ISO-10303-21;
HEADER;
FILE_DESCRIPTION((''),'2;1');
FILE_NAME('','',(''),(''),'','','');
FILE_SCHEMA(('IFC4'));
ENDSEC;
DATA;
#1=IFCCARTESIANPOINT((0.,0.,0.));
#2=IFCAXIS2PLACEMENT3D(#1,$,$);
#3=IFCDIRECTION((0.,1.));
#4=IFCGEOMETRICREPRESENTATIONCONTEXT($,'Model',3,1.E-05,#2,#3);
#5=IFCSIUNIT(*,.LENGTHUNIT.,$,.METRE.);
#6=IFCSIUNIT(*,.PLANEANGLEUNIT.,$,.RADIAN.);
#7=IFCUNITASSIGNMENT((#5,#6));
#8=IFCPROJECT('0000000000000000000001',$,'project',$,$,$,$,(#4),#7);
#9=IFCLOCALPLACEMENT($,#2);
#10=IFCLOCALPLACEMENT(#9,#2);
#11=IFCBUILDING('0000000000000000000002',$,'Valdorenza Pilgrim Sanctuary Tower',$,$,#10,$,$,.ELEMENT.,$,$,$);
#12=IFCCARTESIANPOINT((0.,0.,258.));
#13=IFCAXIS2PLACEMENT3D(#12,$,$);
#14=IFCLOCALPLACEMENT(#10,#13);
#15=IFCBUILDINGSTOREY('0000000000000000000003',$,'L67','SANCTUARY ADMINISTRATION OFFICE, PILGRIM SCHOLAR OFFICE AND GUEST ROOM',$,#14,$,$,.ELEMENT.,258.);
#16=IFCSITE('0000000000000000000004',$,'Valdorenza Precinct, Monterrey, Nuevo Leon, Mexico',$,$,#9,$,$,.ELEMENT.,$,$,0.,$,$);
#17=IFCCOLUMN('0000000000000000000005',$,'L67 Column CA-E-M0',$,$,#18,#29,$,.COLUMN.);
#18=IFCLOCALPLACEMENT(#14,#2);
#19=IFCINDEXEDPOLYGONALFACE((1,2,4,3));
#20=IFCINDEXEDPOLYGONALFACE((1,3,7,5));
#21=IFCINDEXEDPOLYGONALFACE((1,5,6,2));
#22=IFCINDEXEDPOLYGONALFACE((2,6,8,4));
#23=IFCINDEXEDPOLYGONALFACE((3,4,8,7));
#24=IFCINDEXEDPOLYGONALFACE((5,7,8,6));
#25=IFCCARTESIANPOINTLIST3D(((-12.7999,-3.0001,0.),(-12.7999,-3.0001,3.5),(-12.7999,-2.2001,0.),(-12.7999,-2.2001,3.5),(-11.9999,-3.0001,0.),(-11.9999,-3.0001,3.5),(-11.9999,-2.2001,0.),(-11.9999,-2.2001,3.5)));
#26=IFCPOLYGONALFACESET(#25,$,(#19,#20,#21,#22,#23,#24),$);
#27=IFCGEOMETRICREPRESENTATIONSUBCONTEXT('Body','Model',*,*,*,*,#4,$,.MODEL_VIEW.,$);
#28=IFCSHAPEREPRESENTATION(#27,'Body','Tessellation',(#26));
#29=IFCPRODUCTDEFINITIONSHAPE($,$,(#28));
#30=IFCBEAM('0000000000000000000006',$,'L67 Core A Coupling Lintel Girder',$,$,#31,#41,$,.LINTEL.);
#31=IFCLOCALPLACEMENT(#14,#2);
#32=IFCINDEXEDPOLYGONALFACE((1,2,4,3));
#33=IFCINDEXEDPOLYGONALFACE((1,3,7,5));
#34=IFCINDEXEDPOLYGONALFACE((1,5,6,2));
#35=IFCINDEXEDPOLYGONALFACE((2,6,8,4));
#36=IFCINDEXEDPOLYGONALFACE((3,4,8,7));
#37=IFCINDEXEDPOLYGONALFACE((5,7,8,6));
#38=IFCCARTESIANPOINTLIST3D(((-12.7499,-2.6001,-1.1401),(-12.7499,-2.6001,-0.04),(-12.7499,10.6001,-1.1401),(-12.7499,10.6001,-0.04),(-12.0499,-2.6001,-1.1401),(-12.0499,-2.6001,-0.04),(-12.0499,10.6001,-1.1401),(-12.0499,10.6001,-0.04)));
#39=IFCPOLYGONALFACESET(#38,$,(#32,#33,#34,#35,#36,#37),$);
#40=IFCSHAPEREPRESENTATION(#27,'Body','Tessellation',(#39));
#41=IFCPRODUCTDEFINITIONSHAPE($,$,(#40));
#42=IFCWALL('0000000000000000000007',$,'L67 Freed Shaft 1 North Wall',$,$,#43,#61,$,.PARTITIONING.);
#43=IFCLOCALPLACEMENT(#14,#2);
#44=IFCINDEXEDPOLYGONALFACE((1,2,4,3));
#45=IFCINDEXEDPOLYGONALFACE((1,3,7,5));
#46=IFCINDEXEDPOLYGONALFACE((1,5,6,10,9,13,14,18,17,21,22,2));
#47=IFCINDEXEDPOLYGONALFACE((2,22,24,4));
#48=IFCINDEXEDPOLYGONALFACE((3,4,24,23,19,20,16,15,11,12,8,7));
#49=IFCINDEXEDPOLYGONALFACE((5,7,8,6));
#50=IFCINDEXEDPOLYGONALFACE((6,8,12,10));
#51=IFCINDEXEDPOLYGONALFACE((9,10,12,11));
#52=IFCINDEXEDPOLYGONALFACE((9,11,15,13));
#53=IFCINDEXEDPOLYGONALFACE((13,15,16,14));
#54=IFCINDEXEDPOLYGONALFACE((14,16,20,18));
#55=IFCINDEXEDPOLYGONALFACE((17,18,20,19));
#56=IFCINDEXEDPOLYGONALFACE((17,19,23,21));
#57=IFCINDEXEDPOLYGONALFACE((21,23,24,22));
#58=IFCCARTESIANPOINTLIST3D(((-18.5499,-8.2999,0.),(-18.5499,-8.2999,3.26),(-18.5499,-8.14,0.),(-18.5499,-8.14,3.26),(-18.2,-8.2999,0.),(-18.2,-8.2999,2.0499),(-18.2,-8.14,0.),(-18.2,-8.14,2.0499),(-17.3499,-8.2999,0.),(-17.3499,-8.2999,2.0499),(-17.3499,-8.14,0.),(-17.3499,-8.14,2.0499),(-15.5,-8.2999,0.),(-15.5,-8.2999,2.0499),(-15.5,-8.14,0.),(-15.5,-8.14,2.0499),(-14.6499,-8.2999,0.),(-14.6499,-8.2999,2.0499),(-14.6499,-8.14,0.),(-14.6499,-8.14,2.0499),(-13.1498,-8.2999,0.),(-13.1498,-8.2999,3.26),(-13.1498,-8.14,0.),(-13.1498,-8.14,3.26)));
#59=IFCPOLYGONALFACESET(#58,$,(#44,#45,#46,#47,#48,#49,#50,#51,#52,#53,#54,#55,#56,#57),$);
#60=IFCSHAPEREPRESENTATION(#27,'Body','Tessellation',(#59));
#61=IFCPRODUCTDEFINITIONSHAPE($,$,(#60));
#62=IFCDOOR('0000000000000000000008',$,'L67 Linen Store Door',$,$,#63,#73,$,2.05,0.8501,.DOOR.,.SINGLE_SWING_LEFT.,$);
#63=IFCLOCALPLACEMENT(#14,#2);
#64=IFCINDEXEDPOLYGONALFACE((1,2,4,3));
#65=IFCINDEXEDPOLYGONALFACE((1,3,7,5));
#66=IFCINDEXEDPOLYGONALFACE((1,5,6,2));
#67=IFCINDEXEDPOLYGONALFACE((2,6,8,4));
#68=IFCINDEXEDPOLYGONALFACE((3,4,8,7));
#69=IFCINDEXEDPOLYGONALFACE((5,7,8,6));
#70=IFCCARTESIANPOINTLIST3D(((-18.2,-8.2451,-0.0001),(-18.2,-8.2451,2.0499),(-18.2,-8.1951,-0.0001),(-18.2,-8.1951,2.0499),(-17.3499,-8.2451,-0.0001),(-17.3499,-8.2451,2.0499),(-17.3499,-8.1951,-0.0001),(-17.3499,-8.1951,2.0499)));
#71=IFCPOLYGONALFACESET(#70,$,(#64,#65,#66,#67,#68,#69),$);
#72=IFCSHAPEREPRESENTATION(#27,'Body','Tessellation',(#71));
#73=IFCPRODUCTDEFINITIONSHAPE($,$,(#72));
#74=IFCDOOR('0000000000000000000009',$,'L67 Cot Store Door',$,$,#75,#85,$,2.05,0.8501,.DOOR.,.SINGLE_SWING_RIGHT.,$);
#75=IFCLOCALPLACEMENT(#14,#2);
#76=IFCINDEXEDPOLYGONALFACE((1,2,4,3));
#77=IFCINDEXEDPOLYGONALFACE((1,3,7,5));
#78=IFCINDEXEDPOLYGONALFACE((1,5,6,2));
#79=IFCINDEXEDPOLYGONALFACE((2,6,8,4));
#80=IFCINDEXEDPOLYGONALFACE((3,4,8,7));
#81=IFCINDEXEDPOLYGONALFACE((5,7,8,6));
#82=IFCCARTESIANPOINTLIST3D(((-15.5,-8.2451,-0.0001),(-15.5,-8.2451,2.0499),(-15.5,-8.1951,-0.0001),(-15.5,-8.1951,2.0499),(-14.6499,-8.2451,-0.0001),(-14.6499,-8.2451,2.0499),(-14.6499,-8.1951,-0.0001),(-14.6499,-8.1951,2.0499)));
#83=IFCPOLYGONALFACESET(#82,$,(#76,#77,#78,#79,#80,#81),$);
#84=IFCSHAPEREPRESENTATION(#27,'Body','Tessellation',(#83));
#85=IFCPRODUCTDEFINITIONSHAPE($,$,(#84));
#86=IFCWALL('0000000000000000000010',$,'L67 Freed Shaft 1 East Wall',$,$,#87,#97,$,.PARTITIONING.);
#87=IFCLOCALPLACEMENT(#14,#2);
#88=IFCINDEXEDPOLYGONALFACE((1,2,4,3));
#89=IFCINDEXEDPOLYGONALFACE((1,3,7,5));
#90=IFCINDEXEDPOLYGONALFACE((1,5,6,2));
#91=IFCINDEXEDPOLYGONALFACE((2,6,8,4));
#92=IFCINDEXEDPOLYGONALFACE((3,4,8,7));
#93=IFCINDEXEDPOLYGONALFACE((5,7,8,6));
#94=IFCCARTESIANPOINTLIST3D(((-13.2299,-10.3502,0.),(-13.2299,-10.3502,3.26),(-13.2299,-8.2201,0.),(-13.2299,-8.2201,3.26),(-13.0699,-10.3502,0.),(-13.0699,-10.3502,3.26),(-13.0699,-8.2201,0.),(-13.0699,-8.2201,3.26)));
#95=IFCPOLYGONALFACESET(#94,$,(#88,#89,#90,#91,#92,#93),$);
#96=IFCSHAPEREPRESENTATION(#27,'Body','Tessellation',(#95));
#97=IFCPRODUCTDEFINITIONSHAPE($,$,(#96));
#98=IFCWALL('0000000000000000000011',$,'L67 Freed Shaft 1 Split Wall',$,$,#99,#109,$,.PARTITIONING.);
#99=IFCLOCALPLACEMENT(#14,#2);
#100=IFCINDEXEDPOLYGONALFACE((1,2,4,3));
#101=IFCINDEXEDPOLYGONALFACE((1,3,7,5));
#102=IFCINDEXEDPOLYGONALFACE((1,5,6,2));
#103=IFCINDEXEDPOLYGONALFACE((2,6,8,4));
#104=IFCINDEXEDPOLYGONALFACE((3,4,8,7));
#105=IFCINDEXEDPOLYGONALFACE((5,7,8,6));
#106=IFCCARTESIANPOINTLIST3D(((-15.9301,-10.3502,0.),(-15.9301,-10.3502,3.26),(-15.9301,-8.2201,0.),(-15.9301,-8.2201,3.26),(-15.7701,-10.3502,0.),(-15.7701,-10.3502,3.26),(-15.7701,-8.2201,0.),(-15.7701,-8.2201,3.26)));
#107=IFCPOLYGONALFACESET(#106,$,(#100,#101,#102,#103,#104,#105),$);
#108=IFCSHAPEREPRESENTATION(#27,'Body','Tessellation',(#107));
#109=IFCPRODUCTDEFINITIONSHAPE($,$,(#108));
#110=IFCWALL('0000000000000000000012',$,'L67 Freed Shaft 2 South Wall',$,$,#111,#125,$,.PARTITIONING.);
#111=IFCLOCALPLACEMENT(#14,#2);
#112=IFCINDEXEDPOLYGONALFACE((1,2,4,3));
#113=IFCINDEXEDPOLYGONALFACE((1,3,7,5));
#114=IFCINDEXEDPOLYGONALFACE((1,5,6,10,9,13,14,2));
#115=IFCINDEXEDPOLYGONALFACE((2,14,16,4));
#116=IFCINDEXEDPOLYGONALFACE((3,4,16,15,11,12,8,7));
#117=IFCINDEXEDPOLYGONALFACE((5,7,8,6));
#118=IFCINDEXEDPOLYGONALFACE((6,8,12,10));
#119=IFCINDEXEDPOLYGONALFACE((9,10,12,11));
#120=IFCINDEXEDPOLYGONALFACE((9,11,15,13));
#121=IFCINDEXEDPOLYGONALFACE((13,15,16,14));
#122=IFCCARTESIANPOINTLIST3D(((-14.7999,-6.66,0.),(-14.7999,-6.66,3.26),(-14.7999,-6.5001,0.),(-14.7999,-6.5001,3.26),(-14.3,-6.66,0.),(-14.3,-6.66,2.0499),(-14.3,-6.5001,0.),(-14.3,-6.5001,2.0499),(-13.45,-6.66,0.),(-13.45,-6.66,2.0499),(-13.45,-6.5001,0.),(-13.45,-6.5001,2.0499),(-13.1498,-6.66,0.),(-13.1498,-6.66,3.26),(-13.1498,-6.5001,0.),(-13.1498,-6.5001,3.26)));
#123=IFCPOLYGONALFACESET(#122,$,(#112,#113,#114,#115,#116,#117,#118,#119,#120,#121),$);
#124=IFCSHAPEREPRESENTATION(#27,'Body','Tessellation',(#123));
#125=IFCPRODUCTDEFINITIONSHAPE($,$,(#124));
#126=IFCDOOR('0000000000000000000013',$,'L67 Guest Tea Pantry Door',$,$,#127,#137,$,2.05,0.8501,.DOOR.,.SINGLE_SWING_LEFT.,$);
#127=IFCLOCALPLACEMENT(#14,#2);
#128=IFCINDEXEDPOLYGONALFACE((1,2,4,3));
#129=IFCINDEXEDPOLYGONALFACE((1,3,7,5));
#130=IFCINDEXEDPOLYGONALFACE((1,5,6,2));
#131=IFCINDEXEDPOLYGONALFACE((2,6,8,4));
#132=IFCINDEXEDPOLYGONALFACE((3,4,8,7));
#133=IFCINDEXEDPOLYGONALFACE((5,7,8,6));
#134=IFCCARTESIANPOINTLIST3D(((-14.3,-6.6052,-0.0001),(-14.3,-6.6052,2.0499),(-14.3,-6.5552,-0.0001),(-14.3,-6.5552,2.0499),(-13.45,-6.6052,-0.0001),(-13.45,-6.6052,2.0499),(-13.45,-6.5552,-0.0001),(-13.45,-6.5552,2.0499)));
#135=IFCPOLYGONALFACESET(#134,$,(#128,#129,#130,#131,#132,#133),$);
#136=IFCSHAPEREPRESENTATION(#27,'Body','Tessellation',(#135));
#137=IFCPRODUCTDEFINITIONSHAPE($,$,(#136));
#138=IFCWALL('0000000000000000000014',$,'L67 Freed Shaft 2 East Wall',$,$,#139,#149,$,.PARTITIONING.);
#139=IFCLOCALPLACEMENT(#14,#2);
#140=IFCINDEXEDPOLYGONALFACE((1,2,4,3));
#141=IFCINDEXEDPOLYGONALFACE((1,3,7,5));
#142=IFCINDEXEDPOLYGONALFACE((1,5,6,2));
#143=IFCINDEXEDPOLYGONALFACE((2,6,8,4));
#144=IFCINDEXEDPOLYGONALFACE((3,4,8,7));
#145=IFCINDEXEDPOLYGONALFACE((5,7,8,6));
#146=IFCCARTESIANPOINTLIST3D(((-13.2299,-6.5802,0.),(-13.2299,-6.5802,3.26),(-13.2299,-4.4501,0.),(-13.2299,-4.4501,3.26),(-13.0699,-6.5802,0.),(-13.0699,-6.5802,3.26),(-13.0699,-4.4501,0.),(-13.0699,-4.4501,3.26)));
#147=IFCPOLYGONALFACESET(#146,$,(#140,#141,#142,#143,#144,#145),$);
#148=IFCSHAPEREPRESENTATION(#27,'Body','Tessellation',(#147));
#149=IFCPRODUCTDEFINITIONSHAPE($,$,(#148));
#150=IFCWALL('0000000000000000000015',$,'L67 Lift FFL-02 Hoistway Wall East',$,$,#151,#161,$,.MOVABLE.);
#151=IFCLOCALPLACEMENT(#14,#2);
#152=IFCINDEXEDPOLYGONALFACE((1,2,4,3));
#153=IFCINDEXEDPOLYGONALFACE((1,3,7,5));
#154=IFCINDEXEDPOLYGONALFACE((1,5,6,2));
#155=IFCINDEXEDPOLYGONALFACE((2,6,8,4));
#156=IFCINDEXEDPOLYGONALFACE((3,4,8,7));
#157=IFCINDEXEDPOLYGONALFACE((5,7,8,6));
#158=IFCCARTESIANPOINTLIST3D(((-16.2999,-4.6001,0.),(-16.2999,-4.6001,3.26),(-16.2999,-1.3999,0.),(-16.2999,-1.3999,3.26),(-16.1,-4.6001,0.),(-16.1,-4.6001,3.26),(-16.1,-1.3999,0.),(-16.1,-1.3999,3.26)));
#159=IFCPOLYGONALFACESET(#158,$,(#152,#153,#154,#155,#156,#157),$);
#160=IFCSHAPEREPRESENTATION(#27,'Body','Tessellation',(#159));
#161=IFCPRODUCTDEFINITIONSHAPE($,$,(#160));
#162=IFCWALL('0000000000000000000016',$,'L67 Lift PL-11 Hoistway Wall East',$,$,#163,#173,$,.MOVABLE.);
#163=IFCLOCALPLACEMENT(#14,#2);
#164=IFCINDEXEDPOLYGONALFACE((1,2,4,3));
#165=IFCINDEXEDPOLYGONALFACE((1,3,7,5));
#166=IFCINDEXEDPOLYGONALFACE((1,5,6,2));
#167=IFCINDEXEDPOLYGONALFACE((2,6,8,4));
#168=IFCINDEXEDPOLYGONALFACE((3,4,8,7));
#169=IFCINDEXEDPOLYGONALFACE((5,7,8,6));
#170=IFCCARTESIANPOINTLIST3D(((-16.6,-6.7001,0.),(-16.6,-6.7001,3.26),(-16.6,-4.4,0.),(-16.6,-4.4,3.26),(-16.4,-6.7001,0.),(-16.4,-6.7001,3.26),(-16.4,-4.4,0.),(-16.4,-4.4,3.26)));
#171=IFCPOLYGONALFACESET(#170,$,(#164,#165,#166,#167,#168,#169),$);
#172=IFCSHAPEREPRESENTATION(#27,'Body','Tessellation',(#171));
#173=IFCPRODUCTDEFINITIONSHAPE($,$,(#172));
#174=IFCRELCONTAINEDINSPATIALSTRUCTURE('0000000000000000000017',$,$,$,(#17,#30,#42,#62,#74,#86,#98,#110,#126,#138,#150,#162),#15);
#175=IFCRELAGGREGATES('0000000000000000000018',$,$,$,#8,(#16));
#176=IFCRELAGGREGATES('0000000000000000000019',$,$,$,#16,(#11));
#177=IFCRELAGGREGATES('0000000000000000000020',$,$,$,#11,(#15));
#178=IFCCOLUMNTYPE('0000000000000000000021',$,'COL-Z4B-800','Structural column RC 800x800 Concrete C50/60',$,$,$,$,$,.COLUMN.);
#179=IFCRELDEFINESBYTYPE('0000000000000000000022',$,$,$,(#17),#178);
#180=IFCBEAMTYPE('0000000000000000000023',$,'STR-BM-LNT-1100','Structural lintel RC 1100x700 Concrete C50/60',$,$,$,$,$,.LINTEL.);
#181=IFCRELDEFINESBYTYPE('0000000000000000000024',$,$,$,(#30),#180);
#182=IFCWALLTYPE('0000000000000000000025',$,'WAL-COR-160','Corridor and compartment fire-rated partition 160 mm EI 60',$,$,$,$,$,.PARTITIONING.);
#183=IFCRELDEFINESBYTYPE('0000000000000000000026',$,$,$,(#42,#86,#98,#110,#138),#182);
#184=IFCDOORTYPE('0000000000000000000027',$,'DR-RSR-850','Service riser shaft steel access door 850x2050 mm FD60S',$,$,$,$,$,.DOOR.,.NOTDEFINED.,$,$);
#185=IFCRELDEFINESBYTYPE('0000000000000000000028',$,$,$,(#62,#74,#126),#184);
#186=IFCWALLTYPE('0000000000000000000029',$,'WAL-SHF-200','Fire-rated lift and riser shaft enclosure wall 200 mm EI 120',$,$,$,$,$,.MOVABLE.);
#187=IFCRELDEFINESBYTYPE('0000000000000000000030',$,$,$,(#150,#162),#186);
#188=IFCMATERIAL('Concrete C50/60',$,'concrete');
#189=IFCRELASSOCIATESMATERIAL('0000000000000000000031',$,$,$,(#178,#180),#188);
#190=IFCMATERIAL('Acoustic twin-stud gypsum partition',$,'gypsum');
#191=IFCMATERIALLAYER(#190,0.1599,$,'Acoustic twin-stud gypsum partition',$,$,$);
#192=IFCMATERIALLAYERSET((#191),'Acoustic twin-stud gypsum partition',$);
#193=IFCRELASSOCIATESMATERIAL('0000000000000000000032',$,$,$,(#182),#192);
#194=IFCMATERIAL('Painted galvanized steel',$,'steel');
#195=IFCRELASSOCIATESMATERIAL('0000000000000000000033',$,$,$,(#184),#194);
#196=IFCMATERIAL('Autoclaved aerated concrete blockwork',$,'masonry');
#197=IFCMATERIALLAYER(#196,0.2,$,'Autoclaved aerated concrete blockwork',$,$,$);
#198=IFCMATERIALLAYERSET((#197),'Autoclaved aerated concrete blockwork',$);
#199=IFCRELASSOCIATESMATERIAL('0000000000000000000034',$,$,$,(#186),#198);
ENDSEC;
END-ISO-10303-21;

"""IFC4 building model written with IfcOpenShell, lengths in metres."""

from ifc_helpers import new_model, si_unit, direction, frame, frame_2d, origin, origin_2d, place, context, subcontext, project, spatial, rectangle, extrude, source, transform, mapped, material, layer, layer_set, material_profile, profile_set, type_object, element, fill, save


model = new_model("IFC4")

# Units and contexts
model_context = context("Model", 3, precision=1e-05, world=origin(), true_north=direction((0.0, 1.0)))
body_context = subcontext(model_context, "Body", "Model", "MODEL_VIEW")
ifc_project = project(units=[si_unit("LENGTHUNIT", "METRE"), si_unit("PLANEANGLEUNIT", "RADIAN")], contexts=[model_context])

# Site, building, storey
site_placement = place(None, origin())
site = spatial("IfcSite", under=ifc_project, at=site_placement, Name="Valdorenza Precinct, Monterrey, Nuevo Leon, Mexico", CompositionType="ELEMENT", RefElevation=0.0)
building_placement = place(site_placement, origin())
building = spatial("IfcBuilding", under=site, at=building_placement, Name="Valdorenza Pilgrim Sanctuary Tower", CompositionType="ELEMENT")
storey_placement = place(building_placement, frame((0.0, 0.0, 258.0)))
storey = spatial("IfcBuildingStorey", under=building, at=storey_placement, Name="L67", Description="SANCTUARY ADMINISTRATION OFFICE, PILGRIM SCHOLAR OFFICE AND GUEST ROOM", CompositionType="ELEMENT", Elevation=258.0)

# Column
ifc_material_1 = material(Name="Concrete C50/60", Category="concrete")
ifc_material_profile_1 = material_profile(ifc_material_1, rectangle(XDim=0.8, YDim=0.8, at=origin_2d()), Name="RC 800x800")
ifc_profile_set_1 = profile_set([ifc_material_profile_1], Name="Concrete C50/60")
column_type = type_object("IfcColumnType", Name="COL-Z4B-800", Description="Structural column RC 800x800 Concrete C50/60", PredefinedType="COLUMN", material=ifc_profile_set_1)
shared_shape_1 = source(origin(), body_context, "Body", "SweptSolid", [
    extrude(rectangle(XDim=0.8, YDim=0.8, at=origin_2d()), origin(), (0.0, 0.0, 1.0), 3.5),
])
column_placement = place(storey_placement, frame((-12.3999, -2.6001, 0.0), z_axis=(0.0, 0.0, 1.0), x_axis=(1.0, 0.0, 0.0)))
element("IfcColumn", 1, at=column_placement, inside=storey, type_object=column_type, Name="L67 Column CA-E-M0", PredefinedType="COLUMN", context=body_context, shape_type="MappedRepresentation", body=[
    mapped(shared_shape_1, transform((0.0, 0.0, 0.0), x_axis=(1.0, 0.0, 0.0), y_axis=(0.0, 1.0, 0.0), z_axis=(0.0, 0.0, 1.0), scale=1.0)),
])

# Beam
ifc_material_profile_2 = material_profile(ifc_material_1, rectangle(XDim=0.7, YDim=1.1001, at=origin_2d()), Name="RC 1100x700")
ifc_profile_set_2 = profile_set([ifc_material_profile_2], Name="Concrete C50/60")
beam_type = type_object("IfcBeamType", Name="STR-BM-LNT-1100", Description="Structural lintel RC 1100x700 Concrete C50/60", PredefinedType="LINTEL", material=ifc_profile_set_2)
shared_shape_2 = source(origin(), body_context, "Body", "SweptSolid", [
    extrude(rectangle(XDim=0.7, YDim=1.1001, at=origin_2d()), origin(), (0.0, 0.0, 1.0), 13.2002),
])
beam_placement = place(storey_placement, frame((-12.3999, -2.6001, -0.5901), z_axis=(0.0, 1.0, 0.0), x_axis=(-1.0, 0.0, 0.0)))
element("IfcBeam", 2, at=beam_placement, inside=storey, type_object=beam_type, Name="L67 Core A Coupling Lintel Girder", PredefinedType="LINTEL", context=body_context, shape_type="MappedRepresentation", body=[
    mapped(shared_shape_2, transform((0.0, 0.0, 0.0), x_axis=(1.0, 0.0, 0.0), y_axis=(0.0, 1.0, 0.0), z_axis=(0.0, 0.0, 1.0), scale=1.0)),
])

# Wall, openings, doors
ifc_material_2 = material(Name="Acoustic twin-stud gypsum partition", Category="gypsum")
ifc_layer_1 = layer(ifc_material_2, 0.1599, Name="Acoustic twin-stud gypsum partition")
ifc_layer_set_1 = layer_set([ifc_layer_1], Name="Acoustic twin-stud gypsum partition")
wall_type_1 = type_object("IfcWallType", Name="WAL-COR-160", Description="Corridor and compartment fire-rated partition 160 mm EI 60", PredefinedType="PARTITIONING", material=ifc_layer_set_1)
wall_1_placement = place(storey_placement, frame((-18.55, -8.22, 0.0), z_axis=(0.0, 0.0, 1.0), x_axis=(1.0, 0.0, 0.0)))
wall_1 = element("IfcWall", 3, at=wall_1_placement, inside=storey, type_object=wall_type_1, Name="L67 Freed Shaft 1 North Wall", PredefinedType="PARTITIONING", context=body_context, shape_type="SweptSolid", body=[
    extrude(rectangle(XDim=5.4001, YDim=0.1599, at=frame_2d((2.7002, 0.0))), origin(), (0.0, 0.0, 1.0), 3.26),
])
opening_1_placement = place(wall_1_placement, frame((0.3501, 0.0, 0.0)))
opening_1 = element("IfcOpeningElement", 4, at=opening_1_placement, cuts=wall_1, PredefinedType="OPENING", context=body_context, shape_type="SweptSolid", body=[
    extrude(rectangle(XDim=0.8501, YDim=2.05, at=frame_2d((0.425, 1.0249))), frame((0.0, 0.0947, 0.0), z_axis=(0.0, -1.0, 0.0), x_axis=(1.0, 0.0, 0.0)), (0.0, 0.0, 1.0), 0.1897),
])
opening_2_placement = place(wall_1_placement, frame((3.05, 0.0, 0.0)))
opening_2 = element("IfcOpeningElement", 5, at=opening_2_placement, cuts=wall_1, PredefinedType="OPENING", context=body_context, shape_type="SweptSolid", body=[
    extrude(rectangle(XDim=0.8501, YDim=2.05, at=frame_2d((0.425, 1.0249))), frame((0.0, 0.0947, 0.0), z_axis=(0.0, -1.0, 0.0), x_axis=(1.0, 0.0, 0.0)), (0.0, 0.0, 1.0), 0.1897),
])
ifc_material_3 = material(Name="Painted galvanized steel", Category="steel")
door_type_1 = type_object("IfcDoorType", Name="DR-RSR-850", Description="Service riser shaft steel access door 850x2050 mm FD60S", OperationType="NOTDEFINED", PredefinedType="DOOR", material=ifc_material_3)
door_1_placement = place(opening_1_placement, origin())
door_1 = element("IfcDoor", 6, at=door_1_placement, inside=storey, type_object=door_type_1, Name="L67 Linen Store Door", OperationType="SINGLE_SWING_LEFT", OverallHeight=2.05, OverallWidth=0.8501, PredefinedType="DOOR", context=body_context, shape_type="SweptSolid", body=[
    extrude(rectangle(XDim=0.8501, YDim=2.05, at=frame_2d((0.425, 1.0249))), frame((0.0, 0.0249, 0.0), z_axis=(0.0, -1.0, 0.0), x_axis=(1.0, 0.0, 0.0)), (0.0, 0.0, 1.0), 0.05),
])
fill(opening_1, door_1)
door_2_placement = place(opening_2_placement, origin())
door_2 = element("IfcDoor", 7, at=door_2_placement, inside=storey, type_object=door_type_1, Name="L67 Cot Store Door", OperationType="SINGLE_SWING_RIGHT", OverallHeight=2.05, OverallWidth=0.8501, PredefinedType="DOOR", context=body_context, shape_type="SweptSolid", body=[
    extrude(rectangle(XDim=0.8501, YDim=2.05, at=frame_2d((0.425, 1.0249))), frame((0.0, 0.0249, 0.0), z_axis=(0.0, -1.0, 0.0), x_axis=(1.0, 0.0, 0.0)), (0.0, 0.0, 1.0), 0.05),
])
fill(opening_2, door_2)

# Walls
for number, where, z_axis, x_axis, name in (
    (8, (-13.1499, -10.3501, 0.0), (0.0, 0.0, 1.0), (0.0, 1.0, 0.0), "L67 Freed Shaft 1 East Wall"),
    (9, (-15.8501, -10.3501, 0.0), (0.0, 0.0, 1.0), (0.0, 1.0, 0.0), "L67 Freed Shaft 1 Split Wall"),
):
    element("IfcWall", number, at=place(storey_placement, frame(where, z_axis=z_axis, x_axis=x_axis)), inside=storey, type_object=wall_type_1, Name=name, PredefinedType="PARTITIONING", context=body_context, shape_type="SweptSolid", body=[
        extrude(rectangle(XDim=2.1301, YDim=0.1599, at=frame_2d((1.0649, 0.0))), origin(), (0.0, 0.0, 1.0), 3.26),
    ])

# Wall, opening, door
wall_2_placement = place(storey_placement, frame((-14.8, -6.5801, 0.0), z_axis=(0.0, 0.0, 1.0), x_axis=(1.0, 0.0, 0.0)))
wall_2 = element("IfcWall", 10, at=wall_2_placement, inside=storey, type_object=wall_type_1, Name="L67 Freed Shaft 2 South Wall", PredefinedType="PARTITIONING", context=body_context, shape_type="SweptSolid", body=[
    extrude(rectangle(XDim=1.6501, YDim=0.1599, at=frame_2d((0.8252, 0.0))), origin(), (0.0, 0.0, 1.0), 3.26),
])
opening_3_placement = place(wall_2_placement, frame((0.5, 0.0, 0.0)))
opening_3 = element("IfcOpeningElement", 11, at=opening_3_placement, cuts=wall_2, PredefinedType="OPENING", context=body_context, shape_type="SweptSolid", body=[
    extrude(rectangle(XDim=0.8501, YDim=2.05, at=frame_2d((0.425, 1.0249))), frame((0.0, 0.0947, 0.0), z_axis=(0.0, -1.0, 0.0), x_axis=(1.0, 0.0, 0.0)), (0.0, 0.0, 1.0), 0.1897),
])
door_3_placement = place(opening_3_placement, origin())
door_3 = element("IfcDoor", 12, at=door_3_placement, inside=storey, type_object=door_type_1, Name="L67 Guest Tea Pantry Door", OperationType="SINGLE_SWING_LEFT", OverallHeight=2.05, OverallWidth=0.8501, PredefinedType="DOOR", context=body_context, shape_type="SweptSolid", body=[
    extrude(rectangle(XDim=0.8501, YDim=2.05, at=frame_2d((0.425, 1.0249))), frame((0.0, 0.0249, 0.0), z_axis=(0.0, -1.0, 0.0), x_axis=(1.0, 0.0, 0.0)), (0.0, 0.0, 1.0), 0.05),
])
fill(opening_3, door_3)

# Wall
wall_3_placement = place(storey_placement, frame((-13.1499, -6.5801, 0.0), z_axis=(0.0, 0.0, 1.0), x_axis=(0.0, 1.0, 0.0)))
element("IfcWall", 13, at=wall_3_placement, inside=storey, type_object=wall_type_1, Name="L67 Freed Shaft 2 East Wall", PredefinedType="PARTITIONING", context=body_context, shape_type="SweptSolid", body=[
    extrude(rectangle(XDim=2.1301, YDim=0.1599, at=frame_2d((1.0649, 0.0))), origin(), (0.0, 0.0, 1.0), 3.26),
])

# Walls
ifc_material_4 = material(Name="Autoclaved aerated concrete blockwork", Category="masonry")
ifc_layer_2 = layer(ifc_material_4, 0.2, Name="Autoclaved aerated concrete blockwork")
ifc_layer_set_2 = layer_set([ifc_layer_2], Name="Autoclaved aerated concrete blockwork")
wall_type_2 = type_object("IfcWallType", Name="WAL-SHF-200", Description="Fire-rated lift and riser shaft enclosure wall 200 mm EI 120", PredefinedType="MOVABLE", material=ifc_layer_set_2)
wall_4_placement = place(storey_placement, frame((-16.2, -4.6001, 0.0), z_axis=(0.0, 0.0, 1.0), x_axis=(0.0, 1.0, 0.0)))
element("IfcWall", 14, at=wall_4_placement, inside=storey, type_object=wall_type_2, Name="L67 Lift FFL-02 Hoistway Wall East", PredefinedType="MOVABLE", context=body_context, shape_type="SweptSolid", body=[
    extrude(rectangle(XDim=3.2002, YDim=0.2, at=frame_2d((1.6001, 0.0))), origin(), (0.0, 0.0, 1.0), 3.26),
])
wall_5_placement = place(storey_placement, frame((-16.5, -6.7, 0.0), z_axis=(0.0, 0.0, 1.0), x_axis=(0.0, 1.0, 0.0)))
element("IfcWall", 15, at=wall_5_placement, inside=storey, type_object=wall_type_2, Name="L67 Lift PL-11 Hoistway Wall East", PredefinedType="MOVABLE", context=body_context, shape_type="SweptSolid", body=[
    extrude(rectangle(XDim=2.3, YDim=0.2, at=frame_2d((1.1499, 0.0))), origin(), (0.0, 0.0, 1.0), 3.26),
])

save(model, "model.ifc")
